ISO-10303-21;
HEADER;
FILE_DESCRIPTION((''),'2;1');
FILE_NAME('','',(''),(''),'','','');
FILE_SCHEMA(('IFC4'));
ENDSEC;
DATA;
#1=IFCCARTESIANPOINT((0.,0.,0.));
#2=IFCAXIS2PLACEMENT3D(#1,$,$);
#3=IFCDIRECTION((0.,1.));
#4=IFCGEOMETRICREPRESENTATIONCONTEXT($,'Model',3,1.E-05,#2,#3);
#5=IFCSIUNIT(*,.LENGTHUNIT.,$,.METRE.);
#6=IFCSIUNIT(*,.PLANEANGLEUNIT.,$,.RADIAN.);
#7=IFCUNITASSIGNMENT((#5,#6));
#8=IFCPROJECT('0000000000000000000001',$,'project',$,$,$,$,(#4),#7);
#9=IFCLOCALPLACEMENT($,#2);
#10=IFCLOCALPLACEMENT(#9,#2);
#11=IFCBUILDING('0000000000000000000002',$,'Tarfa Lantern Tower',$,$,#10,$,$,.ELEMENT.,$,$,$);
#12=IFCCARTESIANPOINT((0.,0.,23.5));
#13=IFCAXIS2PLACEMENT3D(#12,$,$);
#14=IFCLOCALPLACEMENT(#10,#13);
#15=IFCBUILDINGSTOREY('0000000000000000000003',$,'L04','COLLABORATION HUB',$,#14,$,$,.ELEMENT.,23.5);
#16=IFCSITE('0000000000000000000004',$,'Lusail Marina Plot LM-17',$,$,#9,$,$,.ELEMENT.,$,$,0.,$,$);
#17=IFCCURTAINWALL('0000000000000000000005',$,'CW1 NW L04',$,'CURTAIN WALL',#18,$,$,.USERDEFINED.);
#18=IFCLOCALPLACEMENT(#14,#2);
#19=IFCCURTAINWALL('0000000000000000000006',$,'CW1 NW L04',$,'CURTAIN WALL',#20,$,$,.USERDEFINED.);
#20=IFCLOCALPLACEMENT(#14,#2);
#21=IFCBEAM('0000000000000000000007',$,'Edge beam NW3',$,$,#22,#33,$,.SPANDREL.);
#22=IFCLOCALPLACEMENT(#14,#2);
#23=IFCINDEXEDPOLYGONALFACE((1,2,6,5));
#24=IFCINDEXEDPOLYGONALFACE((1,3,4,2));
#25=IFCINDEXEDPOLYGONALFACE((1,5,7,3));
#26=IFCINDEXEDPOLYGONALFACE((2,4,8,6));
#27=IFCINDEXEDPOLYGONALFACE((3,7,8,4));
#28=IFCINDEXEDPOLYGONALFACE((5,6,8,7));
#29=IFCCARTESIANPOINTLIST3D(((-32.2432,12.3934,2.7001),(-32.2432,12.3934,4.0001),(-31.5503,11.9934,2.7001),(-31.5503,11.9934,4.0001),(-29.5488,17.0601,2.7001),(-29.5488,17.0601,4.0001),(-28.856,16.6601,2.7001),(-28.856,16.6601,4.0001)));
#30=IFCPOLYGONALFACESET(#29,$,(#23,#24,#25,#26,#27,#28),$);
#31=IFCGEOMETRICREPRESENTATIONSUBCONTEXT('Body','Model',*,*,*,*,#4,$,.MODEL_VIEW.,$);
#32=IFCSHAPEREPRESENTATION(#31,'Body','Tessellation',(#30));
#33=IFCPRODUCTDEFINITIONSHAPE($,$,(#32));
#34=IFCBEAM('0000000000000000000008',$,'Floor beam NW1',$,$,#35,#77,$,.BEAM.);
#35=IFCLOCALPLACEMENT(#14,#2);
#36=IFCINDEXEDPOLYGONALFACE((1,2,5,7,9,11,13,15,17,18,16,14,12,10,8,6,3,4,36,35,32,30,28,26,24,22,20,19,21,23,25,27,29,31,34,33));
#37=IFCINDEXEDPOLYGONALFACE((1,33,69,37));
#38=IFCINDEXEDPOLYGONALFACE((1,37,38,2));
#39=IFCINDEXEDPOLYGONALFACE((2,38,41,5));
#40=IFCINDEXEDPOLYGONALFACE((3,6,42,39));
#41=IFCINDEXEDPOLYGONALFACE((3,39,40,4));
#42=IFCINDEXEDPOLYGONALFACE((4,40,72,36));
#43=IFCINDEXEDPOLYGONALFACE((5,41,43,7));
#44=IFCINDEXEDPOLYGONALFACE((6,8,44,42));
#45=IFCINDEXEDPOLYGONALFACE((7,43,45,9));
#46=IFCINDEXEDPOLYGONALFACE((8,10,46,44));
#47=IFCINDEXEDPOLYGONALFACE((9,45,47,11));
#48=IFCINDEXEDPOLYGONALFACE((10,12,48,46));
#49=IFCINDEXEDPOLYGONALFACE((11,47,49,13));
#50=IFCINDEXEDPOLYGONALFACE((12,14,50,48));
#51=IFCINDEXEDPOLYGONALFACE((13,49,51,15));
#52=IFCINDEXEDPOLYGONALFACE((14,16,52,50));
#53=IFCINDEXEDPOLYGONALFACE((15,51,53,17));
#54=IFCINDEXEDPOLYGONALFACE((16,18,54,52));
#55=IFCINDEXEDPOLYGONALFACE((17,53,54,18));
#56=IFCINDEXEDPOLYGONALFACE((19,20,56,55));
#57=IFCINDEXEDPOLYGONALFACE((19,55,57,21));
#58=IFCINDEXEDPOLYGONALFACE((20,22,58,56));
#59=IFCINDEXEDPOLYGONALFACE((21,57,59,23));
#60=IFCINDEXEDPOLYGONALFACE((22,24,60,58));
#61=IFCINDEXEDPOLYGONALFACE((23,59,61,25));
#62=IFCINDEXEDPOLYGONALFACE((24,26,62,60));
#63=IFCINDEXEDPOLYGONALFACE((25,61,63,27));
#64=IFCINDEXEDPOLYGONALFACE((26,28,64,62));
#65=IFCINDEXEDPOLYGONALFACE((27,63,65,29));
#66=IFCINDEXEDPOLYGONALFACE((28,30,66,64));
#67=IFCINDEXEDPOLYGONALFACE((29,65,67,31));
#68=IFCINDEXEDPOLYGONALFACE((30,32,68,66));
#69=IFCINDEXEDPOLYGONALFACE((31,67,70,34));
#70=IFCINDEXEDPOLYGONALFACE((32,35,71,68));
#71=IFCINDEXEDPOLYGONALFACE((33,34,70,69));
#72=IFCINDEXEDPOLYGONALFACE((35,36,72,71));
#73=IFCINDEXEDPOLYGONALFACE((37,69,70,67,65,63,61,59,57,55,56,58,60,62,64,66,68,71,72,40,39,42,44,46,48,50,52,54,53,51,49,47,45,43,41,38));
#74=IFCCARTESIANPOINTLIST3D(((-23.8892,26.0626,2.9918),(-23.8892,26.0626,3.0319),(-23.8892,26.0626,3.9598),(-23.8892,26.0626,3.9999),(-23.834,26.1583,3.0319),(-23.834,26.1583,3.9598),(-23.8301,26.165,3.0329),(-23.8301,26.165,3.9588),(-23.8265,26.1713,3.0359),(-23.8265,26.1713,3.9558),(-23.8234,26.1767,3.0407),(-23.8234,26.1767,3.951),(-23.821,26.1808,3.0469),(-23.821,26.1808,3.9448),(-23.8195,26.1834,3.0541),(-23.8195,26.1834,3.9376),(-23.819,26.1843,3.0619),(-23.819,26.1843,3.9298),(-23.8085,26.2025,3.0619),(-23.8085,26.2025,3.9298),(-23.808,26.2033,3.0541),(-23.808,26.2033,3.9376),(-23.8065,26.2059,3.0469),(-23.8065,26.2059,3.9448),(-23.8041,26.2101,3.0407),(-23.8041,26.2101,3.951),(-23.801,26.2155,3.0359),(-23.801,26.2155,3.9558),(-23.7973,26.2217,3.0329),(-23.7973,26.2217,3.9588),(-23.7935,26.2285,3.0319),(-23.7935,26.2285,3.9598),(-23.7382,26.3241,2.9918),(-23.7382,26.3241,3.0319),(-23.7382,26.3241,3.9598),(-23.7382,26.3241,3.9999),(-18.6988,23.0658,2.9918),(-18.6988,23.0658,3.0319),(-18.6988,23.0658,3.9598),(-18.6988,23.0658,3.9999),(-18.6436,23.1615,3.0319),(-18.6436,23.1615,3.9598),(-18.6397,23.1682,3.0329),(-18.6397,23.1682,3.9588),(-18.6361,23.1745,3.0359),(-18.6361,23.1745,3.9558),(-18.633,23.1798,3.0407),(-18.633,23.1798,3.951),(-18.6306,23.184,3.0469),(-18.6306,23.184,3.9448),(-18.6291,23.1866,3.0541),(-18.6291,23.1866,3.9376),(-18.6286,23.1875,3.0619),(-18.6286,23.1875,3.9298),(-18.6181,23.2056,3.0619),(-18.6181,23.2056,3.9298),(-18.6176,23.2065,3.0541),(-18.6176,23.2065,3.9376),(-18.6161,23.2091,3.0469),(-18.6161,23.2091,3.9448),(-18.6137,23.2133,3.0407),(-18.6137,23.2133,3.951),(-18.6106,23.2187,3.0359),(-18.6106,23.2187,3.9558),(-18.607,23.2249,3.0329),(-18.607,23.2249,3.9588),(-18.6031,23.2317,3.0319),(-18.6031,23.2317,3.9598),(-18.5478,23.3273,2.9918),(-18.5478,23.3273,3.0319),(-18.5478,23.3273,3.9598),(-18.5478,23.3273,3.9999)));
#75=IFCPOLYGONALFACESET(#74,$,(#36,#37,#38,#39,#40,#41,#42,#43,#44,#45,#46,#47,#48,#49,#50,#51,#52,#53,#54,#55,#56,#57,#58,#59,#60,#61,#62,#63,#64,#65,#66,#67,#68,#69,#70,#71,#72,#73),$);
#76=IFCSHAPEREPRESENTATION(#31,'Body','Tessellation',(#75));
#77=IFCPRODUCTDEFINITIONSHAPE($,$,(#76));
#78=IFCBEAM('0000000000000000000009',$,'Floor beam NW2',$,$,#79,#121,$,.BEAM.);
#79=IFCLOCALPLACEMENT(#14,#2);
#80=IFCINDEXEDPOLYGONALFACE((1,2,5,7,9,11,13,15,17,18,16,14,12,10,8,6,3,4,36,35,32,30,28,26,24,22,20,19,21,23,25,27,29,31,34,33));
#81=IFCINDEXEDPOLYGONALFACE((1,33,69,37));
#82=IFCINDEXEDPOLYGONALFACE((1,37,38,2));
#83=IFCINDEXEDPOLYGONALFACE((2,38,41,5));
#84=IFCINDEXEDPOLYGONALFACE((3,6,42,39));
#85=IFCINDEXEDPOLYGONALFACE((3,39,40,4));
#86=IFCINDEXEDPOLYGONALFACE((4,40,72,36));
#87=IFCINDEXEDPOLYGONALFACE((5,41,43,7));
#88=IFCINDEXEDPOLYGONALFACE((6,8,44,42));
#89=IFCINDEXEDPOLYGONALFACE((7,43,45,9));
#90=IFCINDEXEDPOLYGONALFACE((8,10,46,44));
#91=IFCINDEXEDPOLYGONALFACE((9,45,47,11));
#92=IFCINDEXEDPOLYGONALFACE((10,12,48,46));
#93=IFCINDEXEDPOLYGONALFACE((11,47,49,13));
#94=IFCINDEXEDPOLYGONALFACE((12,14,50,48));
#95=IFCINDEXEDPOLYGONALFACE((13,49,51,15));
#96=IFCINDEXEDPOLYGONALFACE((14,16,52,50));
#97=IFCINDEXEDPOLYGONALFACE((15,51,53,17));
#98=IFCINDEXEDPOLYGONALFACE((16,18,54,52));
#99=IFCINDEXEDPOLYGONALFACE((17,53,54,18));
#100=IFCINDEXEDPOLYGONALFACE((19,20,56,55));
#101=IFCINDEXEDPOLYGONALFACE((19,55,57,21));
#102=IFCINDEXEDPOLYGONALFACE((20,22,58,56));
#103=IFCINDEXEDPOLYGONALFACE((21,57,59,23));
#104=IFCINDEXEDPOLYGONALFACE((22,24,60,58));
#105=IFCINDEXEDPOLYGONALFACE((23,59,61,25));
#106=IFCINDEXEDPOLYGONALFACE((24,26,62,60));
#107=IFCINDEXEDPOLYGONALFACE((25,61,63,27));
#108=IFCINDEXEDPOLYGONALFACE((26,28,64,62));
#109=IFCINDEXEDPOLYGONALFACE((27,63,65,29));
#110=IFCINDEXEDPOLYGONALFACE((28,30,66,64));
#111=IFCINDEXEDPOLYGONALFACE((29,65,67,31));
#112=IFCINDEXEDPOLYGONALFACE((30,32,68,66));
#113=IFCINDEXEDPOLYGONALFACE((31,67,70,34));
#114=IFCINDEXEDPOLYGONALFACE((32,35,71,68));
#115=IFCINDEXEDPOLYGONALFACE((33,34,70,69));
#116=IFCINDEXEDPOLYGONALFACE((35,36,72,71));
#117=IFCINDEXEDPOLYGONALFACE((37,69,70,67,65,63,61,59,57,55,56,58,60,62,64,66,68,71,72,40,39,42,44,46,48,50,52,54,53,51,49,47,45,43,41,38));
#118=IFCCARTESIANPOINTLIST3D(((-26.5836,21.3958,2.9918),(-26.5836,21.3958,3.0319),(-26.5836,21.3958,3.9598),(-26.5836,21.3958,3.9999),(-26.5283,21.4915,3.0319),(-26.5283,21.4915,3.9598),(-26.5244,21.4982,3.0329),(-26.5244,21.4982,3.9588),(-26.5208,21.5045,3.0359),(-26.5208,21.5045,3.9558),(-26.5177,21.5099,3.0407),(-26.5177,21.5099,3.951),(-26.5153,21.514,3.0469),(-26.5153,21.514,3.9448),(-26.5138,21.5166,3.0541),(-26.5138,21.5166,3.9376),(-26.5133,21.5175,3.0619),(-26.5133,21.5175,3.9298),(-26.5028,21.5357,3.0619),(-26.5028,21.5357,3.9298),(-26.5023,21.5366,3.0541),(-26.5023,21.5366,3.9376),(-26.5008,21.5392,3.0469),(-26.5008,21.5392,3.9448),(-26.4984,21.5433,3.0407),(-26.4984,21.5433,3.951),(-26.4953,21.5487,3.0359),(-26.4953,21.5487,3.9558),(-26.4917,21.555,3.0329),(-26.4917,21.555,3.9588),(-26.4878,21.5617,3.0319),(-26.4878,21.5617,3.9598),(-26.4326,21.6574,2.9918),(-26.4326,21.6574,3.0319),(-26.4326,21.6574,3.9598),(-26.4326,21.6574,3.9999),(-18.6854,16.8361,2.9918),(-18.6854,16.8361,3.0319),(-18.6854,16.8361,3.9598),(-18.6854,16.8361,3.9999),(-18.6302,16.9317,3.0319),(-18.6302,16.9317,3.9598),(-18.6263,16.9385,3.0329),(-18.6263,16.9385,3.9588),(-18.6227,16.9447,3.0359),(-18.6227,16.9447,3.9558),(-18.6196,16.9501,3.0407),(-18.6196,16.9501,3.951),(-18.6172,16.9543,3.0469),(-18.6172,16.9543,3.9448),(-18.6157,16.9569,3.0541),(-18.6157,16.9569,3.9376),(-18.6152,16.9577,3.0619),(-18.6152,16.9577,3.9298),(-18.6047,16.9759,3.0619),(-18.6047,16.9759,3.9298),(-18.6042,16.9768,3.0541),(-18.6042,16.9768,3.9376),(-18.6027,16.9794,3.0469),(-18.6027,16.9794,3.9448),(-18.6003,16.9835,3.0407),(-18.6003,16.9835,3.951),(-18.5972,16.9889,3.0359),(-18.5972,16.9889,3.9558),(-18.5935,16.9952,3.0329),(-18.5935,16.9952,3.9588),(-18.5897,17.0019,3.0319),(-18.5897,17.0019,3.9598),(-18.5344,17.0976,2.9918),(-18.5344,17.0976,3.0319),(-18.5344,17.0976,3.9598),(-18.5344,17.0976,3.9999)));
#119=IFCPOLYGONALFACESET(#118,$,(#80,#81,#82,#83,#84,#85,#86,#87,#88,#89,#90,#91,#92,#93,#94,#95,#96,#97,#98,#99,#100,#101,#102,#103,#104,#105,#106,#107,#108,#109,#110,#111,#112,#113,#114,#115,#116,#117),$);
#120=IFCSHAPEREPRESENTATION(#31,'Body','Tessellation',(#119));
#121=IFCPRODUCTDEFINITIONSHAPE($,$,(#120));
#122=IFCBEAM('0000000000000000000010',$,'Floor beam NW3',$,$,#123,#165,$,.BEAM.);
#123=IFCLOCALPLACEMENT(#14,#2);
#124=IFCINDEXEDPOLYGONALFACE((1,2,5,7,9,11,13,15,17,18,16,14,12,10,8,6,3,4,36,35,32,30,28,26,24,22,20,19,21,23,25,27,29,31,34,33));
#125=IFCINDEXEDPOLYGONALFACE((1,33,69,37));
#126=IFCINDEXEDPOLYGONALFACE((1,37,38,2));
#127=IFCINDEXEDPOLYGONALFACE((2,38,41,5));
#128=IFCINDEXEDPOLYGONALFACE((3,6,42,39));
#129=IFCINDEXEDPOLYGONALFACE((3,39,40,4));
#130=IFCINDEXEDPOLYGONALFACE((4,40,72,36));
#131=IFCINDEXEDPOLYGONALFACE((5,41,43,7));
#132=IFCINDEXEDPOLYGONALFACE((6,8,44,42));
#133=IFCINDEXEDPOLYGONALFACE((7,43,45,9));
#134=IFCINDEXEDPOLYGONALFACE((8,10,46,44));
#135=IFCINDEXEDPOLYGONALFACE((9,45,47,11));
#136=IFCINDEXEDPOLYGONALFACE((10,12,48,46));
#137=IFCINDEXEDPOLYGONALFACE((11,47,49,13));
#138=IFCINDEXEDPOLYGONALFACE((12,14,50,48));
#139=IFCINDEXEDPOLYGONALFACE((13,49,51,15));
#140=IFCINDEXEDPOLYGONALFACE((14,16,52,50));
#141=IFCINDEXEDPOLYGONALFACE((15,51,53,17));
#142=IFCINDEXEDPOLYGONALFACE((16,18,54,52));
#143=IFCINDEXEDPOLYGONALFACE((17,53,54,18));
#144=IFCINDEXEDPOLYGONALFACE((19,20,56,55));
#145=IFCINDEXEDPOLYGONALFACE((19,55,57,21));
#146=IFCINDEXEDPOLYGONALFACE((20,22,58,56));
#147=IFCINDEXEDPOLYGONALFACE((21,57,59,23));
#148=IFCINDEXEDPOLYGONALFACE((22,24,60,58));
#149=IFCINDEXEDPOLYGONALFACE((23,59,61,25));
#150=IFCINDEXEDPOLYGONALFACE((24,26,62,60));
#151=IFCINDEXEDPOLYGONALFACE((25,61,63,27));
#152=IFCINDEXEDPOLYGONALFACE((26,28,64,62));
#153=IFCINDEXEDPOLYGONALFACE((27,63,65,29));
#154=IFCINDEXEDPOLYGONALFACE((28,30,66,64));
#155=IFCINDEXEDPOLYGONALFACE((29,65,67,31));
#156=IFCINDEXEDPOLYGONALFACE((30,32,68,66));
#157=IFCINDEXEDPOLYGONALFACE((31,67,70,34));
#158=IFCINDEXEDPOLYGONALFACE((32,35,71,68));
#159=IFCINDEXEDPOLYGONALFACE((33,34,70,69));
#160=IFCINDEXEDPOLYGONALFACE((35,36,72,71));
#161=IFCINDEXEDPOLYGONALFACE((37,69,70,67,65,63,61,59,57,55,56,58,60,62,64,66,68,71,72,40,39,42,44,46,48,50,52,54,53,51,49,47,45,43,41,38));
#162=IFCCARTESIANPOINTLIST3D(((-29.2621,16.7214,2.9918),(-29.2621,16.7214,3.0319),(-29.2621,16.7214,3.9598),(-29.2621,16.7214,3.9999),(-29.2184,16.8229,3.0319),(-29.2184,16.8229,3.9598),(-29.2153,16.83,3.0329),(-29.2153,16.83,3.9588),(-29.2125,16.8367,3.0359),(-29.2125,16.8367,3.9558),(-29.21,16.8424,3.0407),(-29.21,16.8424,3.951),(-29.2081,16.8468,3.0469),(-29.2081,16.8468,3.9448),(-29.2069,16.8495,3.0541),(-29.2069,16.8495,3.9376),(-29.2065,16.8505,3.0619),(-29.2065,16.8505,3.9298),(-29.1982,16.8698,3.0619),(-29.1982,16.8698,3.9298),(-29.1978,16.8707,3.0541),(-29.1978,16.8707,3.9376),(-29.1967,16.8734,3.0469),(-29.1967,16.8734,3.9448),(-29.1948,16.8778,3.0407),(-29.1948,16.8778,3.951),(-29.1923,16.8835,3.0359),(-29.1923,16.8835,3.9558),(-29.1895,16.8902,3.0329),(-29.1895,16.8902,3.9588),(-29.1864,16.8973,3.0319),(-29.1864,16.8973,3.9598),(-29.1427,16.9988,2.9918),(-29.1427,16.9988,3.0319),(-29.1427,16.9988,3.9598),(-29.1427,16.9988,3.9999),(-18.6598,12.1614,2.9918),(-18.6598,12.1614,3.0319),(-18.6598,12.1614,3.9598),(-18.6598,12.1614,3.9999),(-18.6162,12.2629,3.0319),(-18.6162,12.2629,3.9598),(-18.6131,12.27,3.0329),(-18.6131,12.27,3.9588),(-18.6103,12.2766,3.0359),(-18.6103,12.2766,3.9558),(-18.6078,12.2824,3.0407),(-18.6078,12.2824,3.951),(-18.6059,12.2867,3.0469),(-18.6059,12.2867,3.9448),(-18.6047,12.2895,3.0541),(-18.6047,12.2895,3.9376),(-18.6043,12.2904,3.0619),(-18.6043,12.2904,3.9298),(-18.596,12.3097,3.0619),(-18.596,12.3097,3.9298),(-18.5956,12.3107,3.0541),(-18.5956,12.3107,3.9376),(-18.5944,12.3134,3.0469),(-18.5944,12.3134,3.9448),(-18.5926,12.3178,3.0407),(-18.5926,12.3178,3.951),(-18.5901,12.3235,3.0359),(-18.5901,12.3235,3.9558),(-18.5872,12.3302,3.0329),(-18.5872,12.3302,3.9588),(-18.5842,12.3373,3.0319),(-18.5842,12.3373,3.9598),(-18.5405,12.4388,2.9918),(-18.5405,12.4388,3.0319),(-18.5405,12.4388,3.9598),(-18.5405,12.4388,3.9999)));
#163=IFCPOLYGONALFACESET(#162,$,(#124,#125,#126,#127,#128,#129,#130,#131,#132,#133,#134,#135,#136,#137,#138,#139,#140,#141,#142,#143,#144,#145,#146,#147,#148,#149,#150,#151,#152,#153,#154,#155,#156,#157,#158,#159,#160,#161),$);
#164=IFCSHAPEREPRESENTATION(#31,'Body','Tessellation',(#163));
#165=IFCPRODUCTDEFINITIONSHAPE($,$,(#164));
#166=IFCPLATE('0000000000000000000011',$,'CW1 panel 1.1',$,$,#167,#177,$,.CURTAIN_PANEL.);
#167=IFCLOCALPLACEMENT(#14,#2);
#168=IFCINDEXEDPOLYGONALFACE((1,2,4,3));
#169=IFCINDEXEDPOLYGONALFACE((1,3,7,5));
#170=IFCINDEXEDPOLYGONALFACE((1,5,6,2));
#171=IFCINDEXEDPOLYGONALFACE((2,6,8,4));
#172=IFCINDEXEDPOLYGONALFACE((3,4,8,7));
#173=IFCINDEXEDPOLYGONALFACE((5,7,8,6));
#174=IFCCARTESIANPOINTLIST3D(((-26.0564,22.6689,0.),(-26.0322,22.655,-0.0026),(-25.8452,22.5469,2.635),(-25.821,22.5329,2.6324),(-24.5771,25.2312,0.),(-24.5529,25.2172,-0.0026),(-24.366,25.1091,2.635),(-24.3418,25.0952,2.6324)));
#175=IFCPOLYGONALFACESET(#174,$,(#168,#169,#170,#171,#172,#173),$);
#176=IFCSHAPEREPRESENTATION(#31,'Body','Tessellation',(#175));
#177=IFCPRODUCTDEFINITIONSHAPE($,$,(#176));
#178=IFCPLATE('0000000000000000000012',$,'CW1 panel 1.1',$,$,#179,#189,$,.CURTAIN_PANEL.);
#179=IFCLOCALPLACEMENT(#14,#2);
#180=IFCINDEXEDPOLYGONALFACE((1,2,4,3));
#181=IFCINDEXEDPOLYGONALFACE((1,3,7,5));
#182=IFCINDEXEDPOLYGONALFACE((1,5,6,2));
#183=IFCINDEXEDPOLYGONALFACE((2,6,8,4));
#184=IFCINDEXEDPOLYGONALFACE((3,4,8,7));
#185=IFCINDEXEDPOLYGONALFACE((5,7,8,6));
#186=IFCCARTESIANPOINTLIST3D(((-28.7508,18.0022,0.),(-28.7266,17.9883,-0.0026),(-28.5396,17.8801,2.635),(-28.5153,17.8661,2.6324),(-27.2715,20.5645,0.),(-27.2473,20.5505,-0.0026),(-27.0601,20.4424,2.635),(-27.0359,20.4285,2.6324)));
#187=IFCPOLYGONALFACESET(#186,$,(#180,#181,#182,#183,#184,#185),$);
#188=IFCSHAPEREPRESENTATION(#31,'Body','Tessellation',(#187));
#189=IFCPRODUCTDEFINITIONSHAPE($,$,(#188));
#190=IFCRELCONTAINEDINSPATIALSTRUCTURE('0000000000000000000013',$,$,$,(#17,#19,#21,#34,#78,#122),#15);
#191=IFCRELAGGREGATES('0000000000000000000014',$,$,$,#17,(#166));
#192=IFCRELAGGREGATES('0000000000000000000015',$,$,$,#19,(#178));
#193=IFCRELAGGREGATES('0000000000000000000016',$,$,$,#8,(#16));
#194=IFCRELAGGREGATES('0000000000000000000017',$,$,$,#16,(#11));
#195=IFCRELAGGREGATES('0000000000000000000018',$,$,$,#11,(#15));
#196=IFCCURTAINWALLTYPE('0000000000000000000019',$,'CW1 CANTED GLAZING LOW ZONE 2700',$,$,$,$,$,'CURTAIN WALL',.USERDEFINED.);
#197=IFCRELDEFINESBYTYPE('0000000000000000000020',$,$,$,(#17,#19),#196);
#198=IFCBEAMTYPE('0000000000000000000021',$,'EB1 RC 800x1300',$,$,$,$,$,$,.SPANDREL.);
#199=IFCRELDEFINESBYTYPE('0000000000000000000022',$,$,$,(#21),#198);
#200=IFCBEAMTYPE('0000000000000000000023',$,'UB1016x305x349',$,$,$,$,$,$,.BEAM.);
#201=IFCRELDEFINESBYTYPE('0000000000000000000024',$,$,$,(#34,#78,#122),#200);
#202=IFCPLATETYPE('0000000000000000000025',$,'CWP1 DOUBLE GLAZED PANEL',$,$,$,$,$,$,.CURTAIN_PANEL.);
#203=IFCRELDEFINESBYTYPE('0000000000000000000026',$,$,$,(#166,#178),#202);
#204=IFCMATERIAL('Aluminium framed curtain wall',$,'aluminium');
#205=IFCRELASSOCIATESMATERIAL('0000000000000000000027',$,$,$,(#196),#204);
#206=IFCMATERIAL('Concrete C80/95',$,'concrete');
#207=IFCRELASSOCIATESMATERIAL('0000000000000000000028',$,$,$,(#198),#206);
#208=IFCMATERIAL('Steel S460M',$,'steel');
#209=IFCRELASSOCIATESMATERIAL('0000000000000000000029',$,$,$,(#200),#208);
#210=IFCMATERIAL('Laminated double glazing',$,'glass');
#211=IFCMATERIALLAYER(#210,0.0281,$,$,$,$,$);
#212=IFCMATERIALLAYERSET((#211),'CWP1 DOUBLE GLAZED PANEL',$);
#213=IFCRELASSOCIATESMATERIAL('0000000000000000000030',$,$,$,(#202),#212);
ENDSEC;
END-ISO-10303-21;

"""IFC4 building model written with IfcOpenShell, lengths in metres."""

from ifc_helpers import new_model, si_unit, direction, frame, origin, origin_2d, place, context, subcontext, project, spatial, polyline, rectangle, i_section, outline, extrude, material, layer, layer_set, material_profile, profile_set, type_object, element, aggregate, save


model = new_model("IFC4")

# Units and contexts
model_context = context("Model", 3, precision=1e-05, world=origin(), true_north=direction((0.0, 1.0)))
body_context = subcontext(model_context, "Body", "Model", "MODEL_VIEW")
ifc_project = project(units=[si_unit("LENGTHUNIT", "METRE"), si_unit("PLANEANGLEUNIT", "RADIAN")], contexts=[model_context])

# Site, building, storey
site_placement = place(None, origin())
site = spatial("IfcSite", under=ifc_project, at=site_placement, Name="Lusail Marina Plot LM-17", CompositionType="ELEMENT", RefElevation=0.0)
building_placement = place(site_placement, origin())
building = spatial("IfcBuilding", under=site, at=building_placement, Name="Tarfa Lantern Tower", CompositionType="ELEMENT")
storey_placement = place(building_placement, frame((0.0, 0.0, 23.5)))
storey = spatial("IfcBuildingStorey", under=building, at=storey_placement, Name="L04", Description="COLLABORATION HUB", CompositionType="ELEMENT", Elevation=23.5)

# Shared definitions
ifc_material_1 = material(Name="Concrete C80/95", Category="concrete")

# Shared definitions
ifc_material_2 = material(Name="Aluminium framed curtain wall", Category="aluminium")
curtain_wall_type = type_object("IfcCurtainWallType", Name="CW1 CANTED GLAZING LOW ZONE 2700", ElementType="CURTAIN WALL", PredefinedType="USERDEFINED", material=ifc_material_2)

# Curtain walls
curtain_wall_1_placement = place(storey_placement, origin())
curtain_wall_1 = element("IfcCurtainWall", 1, at=curtain_wall_1_placement, inside=storey, type_object=curtain_wall_type, Name="CW1 NW L04", ObjectType="CURTAIN WALL", PredefinedType="USERDEFINED")
curtain_wall_2_placement = place(storey_placement, origin())
curtain_wall_2 = element("IfcCurtainWall", 2, at=curtain_wall_2_placement, inside=storey, type_object=curtain_wall_type, Name="CW1 NW L04", ObjectType="CURTAIN WALL", PredefinedType="USERDEFINED")

# Beams
ifc_material_profile_1 = material_profile(ifc_material_1, rectangle(XDim=0.8, YDim=1.3, at=origin_2d()), Name="RC 800x1300")
ifc_profile_set_1 = profile_set([ifc_material_profile_1], Name="Concrete C80/95")
beam_type_1 = type_object("IfcBeamType", Name="EB1 RC 800x1300", PredefinedType="SPANDREL", material=ifc_profile_set_1)
beam_1_placement = place(storey_placement, frame((-29.2024, 16.8601, 3.3501), z_axis=(-0.499998, -0.866026, 0.0), x_axis=(0.866026, -0.499998, 0.0)))
element("IfcBeam", 3, at=beam_1_placement, inside=storey, type_object=beam_type_1, Name="Edge beam NW3", PredefinedType="SPANDREL", context=body_context, shape_type="SweptSolid", body=[
    extrude(rectangle(XDim=0.8, YDim=1.3, at=origin_2d()), origin(), (0.0, 0.0, 1.0), 5.3887),
])
ifc_material_3 = material(Name="Steel S460M", Category="steel")
ifc_material_profile_2 = material_profile(ifc_material_3, i_section(OverallWidth=0.302, OverallDepth=1.0081, WebThickness=0.021, FlangeThickness=0.04, FilletRadius=0.03, at=origin_2d()), Name="UB1016x305x349")
ifc_profile_set_2 = profile_set([ifc_material_profile_2], Name="Steel S460M")
beam_type_2 = type_object("IfcBeamType", Name="UB1016x305x349", PredefinedType="BEAM", material=ifc_profile_set_2)
beam_2_placement = place(storey_placement, frame((-23.8137, 26.1934, 3.4958), z_axis=(0.866016, -0.500016, 0.0), x_axis=(0.500016, 0.866016, 0.0)))
element("IfcBeam", 4, at=beam_2_placement, inside=storey, type_object=beam_type_2, Name="Floor beam NW1", PredefinedType="BEAM", context=body_context, shape_type="SweptSolid", body=[
    extrude(i_section(OverallWidth=0.302, OverallDepth=1.0081, WebThickness=0.021, FlangeThickness=0.04, FilletRadius=0.03, at=origin_2d()), origin(), (0.0, 0.0, 1.0), 5.9934),
])
beam_3_placement = place(storey_placement, frame((-26.5081, 21.5266, 3.4958), z_axis=(0.866035, -0.499983, 0.0), x_axis=(0.499983, 0.866035, 0.0)))
element("IfcBeam", 5, at=beam_3_placement, inside=storey, type_object=beam_type_2, Name="Floor beam NW2", PredefinedType="BEAM", context=body_context, shape_type="SweptSolid", body=[
    extrude(i_section(OverallWidth=0.302, OverallDepth=1.0081, WebThickness=0.021, FlangeThickness=0.04, FilletRadius=0.03, at=origin_2d()), origin(), (0.0, 0.0, 1.0), 9.1199),
])
beam_4_placement = place(storey_placement, frame((-29.2024, 16.8601, 3.4958), z_axis=(0.918635, -0.395106, 0.0), x_axis=(0.395106, 0.918635, 0.0)))
element("IfcBeam", 6, at=beam_4_placement, inside=storey, type_object=beam_type_2, Name="Floor beam NW3", PredefinedType="BEAM", context=body_context, shape_type="SweptSolid", body=[
    extrude(i_section(OverallWidth=0.302, OverallDepth=1.0081, WebThickness=0.021, FlangeThickness=0.04, FilletRadius=0.03, at=origin_2d()), origin(), (0.0, 0.0, 1.0), 11.5413),
])

# Plates
ifc_material_4 = material(Name="Laminated double glazing", Category="glass")
ifc_layer_1 = layer(ifc_material_4, 0.0281)
ifc_layer_set_1 = layer_set([ifc_layer_1], Name="CWP1 DOUBLE GLAZED PANEL")
plate_type = type_object("IfcPlateType", Name="CWP1 DOUBLE GLAZED PANEL", PredefinedType="CURTAIN_PANEL", material=ifc_layer_set_1)
plate_1_placement = place(storey_placement, frame((-24.5771, 25.2312, 0.0), z_axis=(-0.862349, 0.497853, 0.092176), x_axis=(-0.499982, -0.866036, 0.0)))
plate_1 = element("IfcPlate", 7, at=plate_1_placement, type_object=plate_type, Name="CW1 panel 1.1", PredefinedType="CURTAIN_PANEL", context=body_context, shape_type="SweptSolid", body=[
    extrude(outline(polyline([(0.0, 0.0), (2.9586, 0.0), (2.9587, 2.6463), (0.0001, 2.6463), (0.0, 0.0)])), origin(), (0.0, 0.0, -1.0), 0.0281),
])
aggregate(curtain_wall_1, [plate_1])
plate_2_placement = place(storey_placement, frame((-27.2715, 20.5645, 0.0), z_axis=(-0.862328, 0.497882, 0.092216), x_axis=(-0.500013, -0.866018, 0.000003)))
plate_2 = element("IfcPlate", 8, at=plate_2_placement, type_object=plate_type, Name="CW1 panel 1.1", PredefinedType="CURTAIN_PANEL", context=body_context, shape_type="SweptSolid", body=[
    extrude(outline(polyline([(0.0, 0.0), (2.9586, 0.0), (2.9587, 2.6463), (0.0, 2.6463), (0.0, 0.0)])), origin(), (0.0, 0.0, -1.0), 0.0281),
])
aggregate(curtain_wall_2, [plate_2])

save(model, "model.ifc")
